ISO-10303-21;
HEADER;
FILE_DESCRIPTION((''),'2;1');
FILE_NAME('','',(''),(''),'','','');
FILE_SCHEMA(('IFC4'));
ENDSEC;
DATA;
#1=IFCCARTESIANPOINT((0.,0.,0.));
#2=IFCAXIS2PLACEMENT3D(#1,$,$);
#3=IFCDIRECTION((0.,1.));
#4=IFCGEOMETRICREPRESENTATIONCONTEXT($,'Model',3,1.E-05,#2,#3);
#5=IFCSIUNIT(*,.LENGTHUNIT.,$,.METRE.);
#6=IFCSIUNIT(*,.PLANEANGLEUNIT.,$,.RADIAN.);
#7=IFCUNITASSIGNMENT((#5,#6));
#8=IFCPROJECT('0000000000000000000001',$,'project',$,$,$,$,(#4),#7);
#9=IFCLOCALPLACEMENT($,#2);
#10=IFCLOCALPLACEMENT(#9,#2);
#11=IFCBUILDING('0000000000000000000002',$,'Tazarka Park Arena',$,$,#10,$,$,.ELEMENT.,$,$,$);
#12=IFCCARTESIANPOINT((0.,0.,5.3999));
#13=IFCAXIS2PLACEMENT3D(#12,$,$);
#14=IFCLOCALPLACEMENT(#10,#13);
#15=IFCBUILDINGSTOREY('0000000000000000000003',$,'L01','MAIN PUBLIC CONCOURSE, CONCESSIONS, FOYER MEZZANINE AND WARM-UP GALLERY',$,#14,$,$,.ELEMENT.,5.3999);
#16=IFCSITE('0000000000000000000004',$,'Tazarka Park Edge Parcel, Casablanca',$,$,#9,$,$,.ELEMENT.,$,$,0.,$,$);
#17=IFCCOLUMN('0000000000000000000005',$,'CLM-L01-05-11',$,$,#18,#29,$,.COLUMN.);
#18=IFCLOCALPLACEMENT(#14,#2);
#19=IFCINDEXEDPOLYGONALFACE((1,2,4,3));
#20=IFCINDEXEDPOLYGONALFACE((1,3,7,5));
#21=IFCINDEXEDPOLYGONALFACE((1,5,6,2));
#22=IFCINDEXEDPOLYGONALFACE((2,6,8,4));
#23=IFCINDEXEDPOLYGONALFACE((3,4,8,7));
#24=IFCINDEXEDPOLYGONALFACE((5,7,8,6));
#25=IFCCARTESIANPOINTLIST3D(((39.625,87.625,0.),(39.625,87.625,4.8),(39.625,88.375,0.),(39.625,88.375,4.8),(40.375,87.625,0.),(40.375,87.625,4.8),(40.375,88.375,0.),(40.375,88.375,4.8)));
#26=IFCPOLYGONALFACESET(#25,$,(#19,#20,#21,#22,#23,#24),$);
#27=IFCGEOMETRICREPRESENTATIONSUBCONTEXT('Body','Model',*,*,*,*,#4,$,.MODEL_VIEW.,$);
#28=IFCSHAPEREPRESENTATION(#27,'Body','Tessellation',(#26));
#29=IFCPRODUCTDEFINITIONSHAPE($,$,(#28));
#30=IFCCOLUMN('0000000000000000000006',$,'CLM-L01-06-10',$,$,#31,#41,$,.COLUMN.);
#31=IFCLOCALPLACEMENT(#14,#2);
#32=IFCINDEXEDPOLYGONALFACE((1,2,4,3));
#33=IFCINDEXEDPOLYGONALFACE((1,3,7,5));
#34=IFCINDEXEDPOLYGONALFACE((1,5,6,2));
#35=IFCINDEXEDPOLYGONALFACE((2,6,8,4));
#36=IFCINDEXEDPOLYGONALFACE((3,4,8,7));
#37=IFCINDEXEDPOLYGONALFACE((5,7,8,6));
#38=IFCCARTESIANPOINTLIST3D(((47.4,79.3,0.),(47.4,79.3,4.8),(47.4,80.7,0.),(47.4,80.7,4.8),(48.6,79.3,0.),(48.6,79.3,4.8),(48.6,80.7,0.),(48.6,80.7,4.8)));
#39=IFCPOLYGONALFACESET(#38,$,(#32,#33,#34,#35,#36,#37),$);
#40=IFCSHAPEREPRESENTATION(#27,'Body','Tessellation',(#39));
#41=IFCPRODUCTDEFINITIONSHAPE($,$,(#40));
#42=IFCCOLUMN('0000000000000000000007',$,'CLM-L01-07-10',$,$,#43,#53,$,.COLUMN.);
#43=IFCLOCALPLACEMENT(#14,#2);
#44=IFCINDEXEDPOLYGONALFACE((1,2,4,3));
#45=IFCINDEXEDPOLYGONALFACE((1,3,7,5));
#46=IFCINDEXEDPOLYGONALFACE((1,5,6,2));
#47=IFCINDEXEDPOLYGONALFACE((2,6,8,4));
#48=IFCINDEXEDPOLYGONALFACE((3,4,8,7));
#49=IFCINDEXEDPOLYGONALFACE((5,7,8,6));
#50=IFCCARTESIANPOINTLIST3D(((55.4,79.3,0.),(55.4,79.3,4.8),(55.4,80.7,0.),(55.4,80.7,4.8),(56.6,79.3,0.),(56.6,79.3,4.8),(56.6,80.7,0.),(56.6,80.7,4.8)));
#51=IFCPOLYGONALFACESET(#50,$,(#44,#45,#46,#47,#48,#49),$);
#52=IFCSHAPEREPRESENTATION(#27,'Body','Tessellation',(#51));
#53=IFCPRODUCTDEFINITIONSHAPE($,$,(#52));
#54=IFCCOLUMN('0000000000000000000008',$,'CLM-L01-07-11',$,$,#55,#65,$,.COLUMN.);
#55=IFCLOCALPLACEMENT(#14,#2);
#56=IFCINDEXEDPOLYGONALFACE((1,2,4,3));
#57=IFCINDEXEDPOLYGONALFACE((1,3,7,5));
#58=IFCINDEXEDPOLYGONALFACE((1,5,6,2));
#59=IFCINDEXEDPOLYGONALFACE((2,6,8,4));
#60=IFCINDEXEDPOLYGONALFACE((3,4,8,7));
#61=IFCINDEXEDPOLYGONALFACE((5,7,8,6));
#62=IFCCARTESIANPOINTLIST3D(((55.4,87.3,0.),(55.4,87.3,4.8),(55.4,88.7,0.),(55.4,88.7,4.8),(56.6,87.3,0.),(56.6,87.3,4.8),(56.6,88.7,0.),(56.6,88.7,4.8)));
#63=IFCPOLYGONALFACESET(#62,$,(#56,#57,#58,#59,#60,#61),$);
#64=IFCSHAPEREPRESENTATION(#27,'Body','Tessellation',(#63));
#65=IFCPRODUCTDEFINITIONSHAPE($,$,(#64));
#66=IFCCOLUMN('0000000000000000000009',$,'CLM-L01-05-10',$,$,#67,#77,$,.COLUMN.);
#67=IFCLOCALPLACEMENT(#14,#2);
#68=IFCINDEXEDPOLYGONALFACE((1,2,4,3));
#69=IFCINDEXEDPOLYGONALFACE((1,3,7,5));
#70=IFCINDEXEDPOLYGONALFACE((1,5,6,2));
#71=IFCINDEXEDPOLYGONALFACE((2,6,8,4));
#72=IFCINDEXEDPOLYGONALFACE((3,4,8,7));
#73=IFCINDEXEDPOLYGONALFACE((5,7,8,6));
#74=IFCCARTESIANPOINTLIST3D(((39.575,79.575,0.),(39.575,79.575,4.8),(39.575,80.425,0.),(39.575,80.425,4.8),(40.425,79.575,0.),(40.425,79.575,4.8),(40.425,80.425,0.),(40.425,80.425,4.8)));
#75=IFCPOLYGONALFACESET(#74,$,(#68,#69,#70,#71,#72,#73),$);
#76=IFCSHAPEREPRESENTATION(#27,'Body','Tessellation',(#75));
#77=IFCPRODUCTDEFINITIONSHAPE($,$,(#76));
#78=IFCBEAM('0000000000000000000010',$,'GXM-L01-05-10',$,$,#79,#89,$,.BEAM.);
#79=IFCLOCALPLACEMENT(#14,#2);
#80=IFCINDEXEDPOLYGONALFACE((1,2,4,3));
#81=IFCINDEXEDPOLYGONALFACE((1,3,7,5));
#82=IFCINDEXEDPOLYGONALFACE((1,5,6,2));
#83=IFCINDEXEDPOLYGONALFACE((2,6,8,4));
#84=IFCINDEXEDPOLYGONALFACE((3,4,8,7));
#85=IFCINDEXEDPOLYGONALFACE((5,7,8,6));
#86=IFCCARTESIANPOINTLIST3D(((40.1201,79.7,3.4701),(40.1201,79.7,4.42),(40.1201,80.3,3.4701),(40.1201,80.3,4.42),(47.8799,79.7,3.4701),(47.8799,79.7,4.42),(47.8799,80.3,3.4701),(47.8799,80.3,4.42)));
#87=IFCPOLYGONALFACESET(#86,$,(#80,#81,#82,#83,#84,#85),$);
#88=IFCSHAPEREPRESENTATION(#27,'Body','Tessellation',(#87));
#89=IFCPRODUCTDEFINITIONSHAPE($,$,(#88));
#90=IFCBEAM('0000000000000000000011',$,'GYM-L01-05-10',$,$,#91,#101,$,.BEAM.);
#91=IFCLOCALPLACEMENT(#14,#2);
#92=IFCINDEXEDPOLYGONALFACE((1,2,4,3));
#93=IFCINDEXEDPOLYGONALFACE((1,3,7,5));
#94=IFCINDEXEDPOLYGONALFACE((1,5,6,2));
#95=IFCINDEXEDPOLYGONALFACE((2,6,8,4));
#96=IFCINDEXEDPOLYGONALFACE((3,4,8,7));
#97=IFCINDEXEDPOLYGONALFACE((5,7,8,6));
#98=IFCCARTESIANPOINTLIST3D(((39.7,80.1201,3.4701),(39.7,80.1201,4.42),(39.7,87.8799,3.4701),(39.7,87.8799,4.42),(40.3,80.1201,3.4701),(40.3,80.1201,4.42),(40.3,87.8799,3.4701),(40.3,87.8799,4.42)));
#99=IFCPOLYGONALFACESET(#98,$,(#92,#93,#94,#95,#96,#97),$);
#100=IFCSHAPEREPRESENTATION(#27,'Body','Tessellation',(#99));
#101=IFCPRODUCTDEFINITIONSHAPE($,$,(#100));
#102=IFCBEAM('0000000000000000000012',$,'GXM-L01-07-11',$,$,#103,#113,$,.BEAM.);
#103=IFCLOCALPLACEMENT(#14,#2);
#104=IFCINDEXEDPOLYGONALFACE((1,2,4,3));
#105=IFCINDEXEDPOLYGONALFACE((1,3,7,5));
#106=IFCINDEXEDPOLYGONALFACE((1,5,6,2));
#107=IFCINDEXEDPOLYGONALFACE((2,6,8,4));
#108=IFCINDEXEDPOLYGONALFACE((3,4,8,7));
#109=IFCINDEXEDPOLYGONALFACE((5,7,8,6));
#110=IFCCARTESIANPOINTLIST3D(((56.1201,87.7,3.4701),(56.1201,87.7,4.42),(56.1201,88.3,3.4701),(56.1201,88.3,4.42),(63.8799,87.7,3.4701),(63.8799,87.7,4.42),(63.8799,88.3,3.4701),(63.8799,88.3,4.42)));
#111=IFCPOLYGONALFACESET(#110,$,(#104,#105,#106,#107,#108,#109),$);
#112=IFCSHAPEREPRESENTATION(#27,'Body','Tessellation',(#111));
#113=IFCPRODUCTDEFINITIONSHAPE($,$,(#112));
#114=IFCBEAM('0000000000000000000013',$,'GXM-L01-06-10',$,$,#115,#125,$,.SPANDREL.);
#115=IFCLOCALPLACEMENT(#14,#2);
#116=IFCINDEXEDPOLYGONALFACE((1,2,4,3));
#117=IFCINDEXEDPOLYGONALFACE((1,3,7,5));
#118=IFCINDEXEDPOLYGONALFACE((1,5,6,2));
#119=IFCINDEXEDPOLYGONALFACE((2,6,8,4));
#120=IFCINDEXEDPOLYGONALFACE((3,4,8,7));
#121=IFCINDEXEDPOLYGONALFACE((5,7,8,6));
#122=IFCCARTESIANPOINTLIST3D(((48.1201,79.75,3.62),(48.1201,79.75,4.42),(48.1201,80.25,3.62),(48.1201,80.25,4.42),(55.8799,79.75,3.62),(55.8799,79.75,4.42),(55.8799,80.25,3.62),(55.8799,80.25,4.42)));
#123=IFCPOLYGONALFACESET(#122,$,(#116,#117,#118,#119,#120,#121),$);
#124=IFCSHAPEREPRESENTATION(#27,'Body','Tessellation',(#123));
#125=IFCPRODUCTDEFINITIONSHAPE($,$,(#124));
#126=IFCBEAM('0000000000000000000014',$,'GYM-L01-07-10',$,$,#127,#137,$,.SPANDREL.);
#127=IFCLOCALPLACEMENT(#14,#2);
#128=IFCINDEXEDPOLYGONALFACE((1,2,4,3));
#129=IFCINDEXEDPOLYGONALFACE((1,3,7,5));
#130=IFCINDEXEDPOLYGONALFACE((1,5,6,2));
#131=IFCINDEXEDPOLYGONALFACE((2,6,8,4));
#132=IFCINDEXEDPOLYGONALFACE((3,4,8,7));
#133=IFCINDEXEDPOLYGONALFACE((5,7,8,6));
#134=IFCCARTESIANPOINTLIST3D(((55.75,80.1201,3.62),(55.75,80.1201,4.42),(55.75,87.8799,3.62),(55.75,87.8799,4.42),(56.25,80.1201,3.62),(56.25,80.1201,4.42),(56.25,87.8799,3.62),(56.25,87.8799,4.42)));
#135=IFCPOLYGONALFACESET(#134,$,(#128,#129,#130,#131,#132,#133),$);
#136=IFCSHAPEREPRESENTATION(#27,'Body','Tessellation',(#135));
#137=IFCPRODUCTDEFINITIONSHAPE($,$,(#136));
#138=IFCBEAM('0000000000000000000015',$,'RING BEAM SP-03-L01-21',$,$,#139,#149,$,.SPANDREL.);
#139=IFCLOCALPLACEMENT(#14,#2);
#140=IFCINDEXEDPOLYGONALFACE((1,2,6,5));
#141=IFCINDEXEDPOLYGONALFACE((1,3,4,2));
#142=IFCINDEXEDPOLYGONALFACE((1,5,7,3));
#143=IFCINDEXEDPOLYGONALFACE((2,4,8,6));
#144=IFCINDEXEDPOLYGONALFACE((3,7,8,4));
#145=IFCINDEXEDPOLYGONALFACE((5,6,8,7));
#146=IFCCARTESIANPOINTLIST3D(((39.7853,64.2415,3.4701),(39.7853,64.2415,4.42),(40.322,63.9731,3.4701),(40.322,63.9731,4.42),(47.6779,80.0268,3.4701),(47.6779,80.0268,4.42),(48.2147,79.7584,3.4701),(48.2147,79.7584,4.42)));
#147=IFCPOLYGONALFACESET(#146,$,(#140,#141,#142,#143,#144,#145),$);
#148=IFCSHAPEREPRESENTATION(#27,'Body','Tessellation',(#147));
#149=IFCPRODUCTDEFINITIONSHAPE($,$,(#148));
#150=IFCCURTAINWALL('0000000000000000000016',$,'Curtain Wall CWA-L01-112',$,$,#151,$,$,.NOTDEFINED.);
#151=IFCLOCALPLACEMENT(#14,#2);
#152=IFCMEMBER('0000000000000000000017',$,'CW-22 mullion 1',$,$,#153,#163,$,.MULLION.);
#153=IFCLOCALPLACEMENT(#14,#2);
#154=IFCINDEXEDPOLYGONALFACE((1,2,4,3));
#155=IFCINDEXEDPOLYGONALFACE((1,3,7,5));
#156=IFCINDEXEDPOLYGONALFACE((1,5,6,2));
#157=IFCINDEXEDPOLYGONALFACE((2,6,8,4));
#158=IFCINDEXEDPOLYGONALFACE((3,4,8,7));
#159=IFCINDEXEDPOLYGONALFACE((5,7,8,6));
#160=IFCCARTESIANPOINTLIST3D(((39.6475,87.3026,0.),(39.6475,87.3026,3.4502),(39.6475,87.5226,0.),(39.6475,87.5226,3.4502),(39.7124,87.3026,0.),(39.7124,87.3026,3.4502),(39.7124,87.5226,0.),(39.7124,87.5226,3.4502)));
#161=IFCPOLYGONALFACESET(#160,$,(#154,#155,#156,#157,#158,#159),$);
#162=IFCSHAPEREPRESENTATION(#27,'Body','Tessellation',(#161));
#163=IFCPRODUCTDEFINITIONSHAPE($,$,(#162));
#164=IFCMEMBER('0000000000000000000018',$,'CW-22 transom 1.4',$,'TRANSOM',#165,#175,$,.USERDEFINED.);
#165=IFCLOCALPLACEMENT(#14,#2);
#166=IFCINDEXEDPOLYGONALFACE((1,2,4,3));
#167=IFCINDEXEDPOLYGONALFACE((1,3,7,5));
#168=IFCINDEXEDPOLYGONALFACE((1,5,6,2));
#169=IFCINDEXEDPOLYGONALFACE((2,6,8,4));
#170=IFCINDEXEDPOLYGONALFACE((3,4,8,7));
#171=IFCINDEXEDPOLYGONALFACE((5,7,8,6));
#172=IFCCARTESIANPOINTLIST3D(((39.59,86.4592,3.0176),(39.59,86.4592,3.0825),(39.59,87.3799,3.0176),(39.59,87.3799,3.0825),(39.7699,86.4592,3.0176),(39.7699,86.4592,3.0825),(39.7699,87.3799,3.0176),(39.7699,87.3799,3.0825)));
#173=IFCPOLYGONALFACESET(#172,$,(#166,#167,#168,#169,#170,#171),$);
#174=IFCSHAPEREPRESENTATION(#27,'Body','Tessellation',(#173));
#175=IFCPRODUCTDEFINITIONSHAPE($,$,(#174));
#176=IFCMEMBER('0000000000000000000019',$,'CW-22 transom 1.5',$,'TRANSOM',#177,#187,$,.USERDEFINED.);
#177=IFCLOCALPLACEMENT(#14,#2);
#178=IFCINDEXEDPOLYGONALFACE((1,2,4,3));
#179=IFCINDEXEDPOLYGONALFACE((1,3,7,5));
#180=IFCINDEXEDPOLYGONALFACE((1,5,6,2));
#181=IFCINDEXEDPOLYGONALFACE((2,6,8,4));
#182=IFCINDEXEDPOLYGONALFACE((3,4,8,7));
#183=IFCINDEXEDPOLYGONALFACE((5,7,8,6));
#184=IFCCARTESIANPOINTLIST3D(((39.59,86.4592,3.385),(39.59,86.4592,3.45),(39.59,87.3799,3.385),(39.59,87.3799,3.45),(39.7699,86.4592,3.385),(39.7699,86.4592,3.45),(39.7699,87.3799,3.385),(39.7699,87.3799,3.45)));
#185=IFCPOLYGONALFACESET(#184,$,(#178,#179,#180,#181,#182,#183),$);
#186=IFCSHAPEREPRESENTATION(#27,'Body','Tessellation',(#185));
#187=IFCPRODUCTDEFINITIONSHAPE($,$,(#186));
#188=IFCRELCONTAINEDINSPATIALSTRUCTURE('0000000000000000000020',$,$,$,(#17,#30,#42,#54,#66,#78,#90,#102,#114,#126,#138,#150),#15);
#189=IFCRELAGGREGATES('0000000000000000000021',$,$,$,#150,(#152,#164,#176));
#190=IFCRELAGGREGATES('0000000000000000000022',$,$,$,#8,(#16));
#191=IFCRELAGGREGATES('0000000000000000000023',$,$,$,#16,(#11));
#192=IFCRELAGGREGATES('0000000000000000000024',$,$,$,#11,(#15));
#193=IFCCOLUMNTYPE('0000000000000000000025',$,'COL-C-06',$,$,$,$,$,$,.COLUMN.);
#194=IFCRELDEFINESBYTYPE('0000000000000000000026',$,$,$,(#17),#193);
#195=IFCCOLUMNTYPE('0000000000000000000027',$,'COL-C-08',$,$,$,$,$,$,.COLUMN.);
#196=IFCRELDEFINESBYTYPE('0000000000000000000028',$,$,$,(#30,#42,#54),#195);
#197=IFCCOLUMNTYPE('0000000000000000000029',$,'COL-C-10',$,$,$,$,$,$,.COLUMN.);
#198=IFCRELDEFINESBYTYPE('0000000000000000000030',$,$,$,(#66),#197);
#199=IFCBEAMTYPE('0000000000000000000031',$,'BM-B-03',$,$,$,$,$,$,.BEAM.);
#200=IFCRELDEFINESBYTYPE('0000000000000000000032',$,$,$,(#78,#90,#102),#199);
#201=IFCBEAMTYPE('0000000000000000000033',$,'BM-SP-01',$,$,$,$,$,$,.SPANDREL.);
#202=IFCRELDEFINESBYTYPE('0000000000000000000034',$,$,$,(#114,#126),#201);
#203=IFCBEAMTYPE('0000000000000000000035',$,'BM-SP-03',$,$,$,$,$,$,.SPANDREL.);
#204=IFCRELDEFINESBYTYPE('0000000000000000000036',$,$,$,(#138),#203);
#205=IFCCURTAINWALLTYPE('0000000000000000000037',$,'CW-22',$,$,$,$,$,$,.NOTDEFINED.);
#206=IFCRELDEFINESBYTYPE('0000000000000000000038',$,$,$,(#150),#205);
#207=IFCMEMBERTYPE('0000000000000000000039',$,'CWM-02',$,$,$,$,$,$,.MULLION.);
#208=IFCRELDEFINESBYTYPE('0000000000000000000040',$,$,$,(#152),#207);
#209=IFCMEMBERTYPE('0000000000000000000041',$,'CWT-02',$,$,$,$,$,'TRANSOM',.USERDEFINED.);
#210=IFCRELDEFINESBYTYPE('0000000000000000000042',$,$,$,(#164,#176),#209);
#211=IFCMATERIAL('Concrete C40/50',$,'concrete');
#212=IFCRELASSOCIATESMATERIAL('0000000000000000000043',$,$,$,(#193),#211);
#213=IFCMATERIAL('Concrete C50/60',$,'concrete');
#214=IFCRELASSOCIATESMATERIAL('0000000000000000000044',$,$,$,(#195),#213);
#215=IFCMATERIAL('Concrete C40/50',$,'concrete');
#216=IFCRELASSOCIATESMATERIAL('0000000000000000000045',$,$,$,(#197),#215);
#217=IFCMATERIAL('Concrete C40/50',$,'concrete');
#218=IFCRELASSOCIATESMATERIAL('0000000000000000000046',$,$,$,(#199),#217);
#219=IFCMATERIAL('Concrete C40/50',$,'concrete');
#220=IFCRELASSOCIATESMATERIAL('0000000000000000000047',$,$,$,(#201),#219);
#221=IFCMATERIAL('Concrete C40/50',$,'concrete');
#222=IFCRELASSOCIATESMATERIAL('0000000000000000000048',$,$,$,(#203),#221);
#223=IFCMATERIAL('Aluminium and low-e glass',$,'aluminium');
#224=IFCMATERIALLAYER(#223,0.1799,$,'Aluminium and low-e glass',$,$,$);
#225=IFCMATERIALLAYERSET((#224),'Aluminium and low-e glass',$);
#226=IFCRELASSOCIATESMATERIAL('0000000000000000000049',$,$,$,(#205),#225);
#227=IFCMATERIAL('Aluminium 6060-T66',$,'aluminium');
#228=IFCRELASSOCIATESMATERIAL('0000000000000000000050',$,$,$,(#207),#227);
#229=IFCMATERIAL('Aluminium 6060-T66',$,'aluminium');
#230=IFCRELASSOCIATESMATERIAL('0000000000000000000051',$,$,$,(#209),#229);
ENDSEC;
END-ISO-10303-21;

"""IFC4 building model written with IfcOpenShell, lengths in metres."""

from ifc_helpers import new_model, si_unit, direction, frame, origin, origin_2d, place, context, subcontext, project, spatial, rectangle, extrude, material, layer, layer_set, material_profile, profile_set, type_object, element, aggregate, save


model = new_model("IFC4")

# Units and contexts
model_context = context("Model", 3, precision=1e-05, world=origin(), true_north=direction((0.0, 1.0)))
body_context = subcontext(model_context, "Body", "Model", "MODEL_VIEW")
ifc_project = project(units=[si_unit("LENGTHUNIT", "METRE"), si_unit("PLANEANGLEUNIT", "RADIAN")], contexts=[model_context])

# Site, building, storey
site_placement = place(None, origin())
site = spatial("IfcSite", under=ifc_project, at=site_placement, Name="Tazarka Park Edge Parcel, Casablanca", CompositionType="ELEMENT", RefElevation=0.0)
building_placement = place(site_placement, origin())
building = spatial("IfcBuilding", under=site, at=building_placement, Name="Tazarka Park Arena", CompositionType="ELEMENT")
storey_placement = place(building_placement, frame((0.0, 0.0, 5.3999)))
storey = spatial("IfcBuildingStorey", under=building, at=storey_placement, Name="L01", Description="MAIN PUBLIC CONCOURSE, CONCESSIONS, FOYER MEZZANINE AND WARM-UP GALLERY", CompositionType="ELEMENT", Elevation=5.3999)

# Columns
ifc_material_1 = material(Name="Concrete C40/50", Category="concrete")
ifc_material_profile_1 = material_profile(ifc_material_1, rectangle(XDim=0.75, YDim=0.75, at=origin_2d()), Name="Concrete C40/50")
ifc_profile_set_1 = profile_set([ifc_material_profile_1], Name="Concrete C40/50")
column_type_1 = type_object("IfcColumnType", Name="COL-C-06", PredefinedType="COLUMN", material=ifc_profile_set_1)
column_1_placement = place(storey_placement, frame((40.0, 88.0, 0.0), z_axis=(0.0, 0.0, 1.0), x_axis=(1.0, 0.0, 0.0)))
element("IfcColumn", 1, at=column_1_placement, inside=storey, type_object=column_type_1, Name="CLM-L01-05-11", PredefinedType="COLUMN", context=body_context, shape_type="SweptSolid", body=[
    extrude(rectangle(XDim=0.75, YDim=0.75, at=origin_2d()), origin(), (0.0, 0.0, 1.0), 4.8),
])
ifc_material_2 = material(Name="Concrete C50/60", Category="concrete")
ifc_material_profile_2 = material_profile(ifc_material_2, rectangle(XDim=1.2, YDim=1.3999, at=origin_2d()), Name="Concrete C50/60")
ifc_profile_set_2 = profile_set([ifc_material_profile_2], Name="Concrete C50/60")
column_type_2 = type_object("IfcColumnType", Name="COL-C-08", PredefinedType="COLUMN", material=ifc_profile_set_2)
for number, where, z_axis, x_axis, name in (
    (2, (48.0, 80.0, 0.0), (0.0, 0.0, 1.0), (1.0, 0.0, 0.0), "CLM-L01-06-10"),
    (3, (56.0, 80.0, 0.0), (0.0, 0.0, 1.0), (1.0, 0.0, 0.0), "CLM-L01-07-10"),
    (4, (56.0, 88.0, 0.0), (0.0, 0.0, 1.0), (1.0, 0.0, 0.0), "CLM-L01-07-11"),
):
    element("IfcColumn", number, at=place(storey_placement, frame(where, z_axis=z_axis, x_axis=x_axis)), inside=storey, type_object=column_type_2, Name=name, PredefinedType="COLUMN", context=body_context, shape_type="SweptSolid", body=[
        extrude(rectangle(XDim=1.2, YDim=1.3999, at=origin_2d()), origin(), (0.0, 0.0, 1.0), 4.8),
    ])
ifc_material_3 = material(Name="Concrete C40/50", Category="concrete")
ifc_material_profile_3 = material_profile(ifc_material_3, rectangle(XDim=0.8501, YDim=0.8501, at=origin_2d()), Name="Concrete C40/50")
ifc_profile_set_3 = profile_set([ifc_material_profile_3], Name="Concrete C40/50")
column_type_3 = type_object("IfcColumnType", Name="COL-C-10", PredefinedType="COLUMN", material=ifc_profile_set_3)
column_2_placement = place(storey_placement, frame((40.0, 80.0, 0.0), z_axis=(0.0, 0.0, 1.0), x_axis=(1.0, 0.0, 0.0)))
element("IfcColumn", 5, at=column_2_placement, inside=storey, type_object=column_type_3, Name="CLM-L01-05-10", PredefinedType="COLUMN", context=body_context, shape_type="SweptSolid", body=[
    extrude(rectangle(XDim=0.8501, YDim=0.8501, at=origin_2d()), origin(), (0.0, 0.0, 1.0), 4.8),
])

# Beams
ifc_material_4 = material(Name="Concrete C40/50", Category="concrete")
ifc_material_profile_4 = material_profile(ifc_material_4, rectangle(XDim=0.6001, YDim=0.95, at=origin_2d()), Name="Concrete C40/50")
ifc_profile_set_4 = profile_set([ifc_material_profile_4], Name="Concrete C40/50")
beam_type_1 = type_object("IfcBeamType", Name="BM-B-03", PredefinedType="BEAM", material=ifc_profile_set_4)
for number, where, z_axis, x_axis, name in (
    (6, (40.1201, 80.0, 3.9451), (1.0, 0.0, 0.0), (0.0, 1.0, 0.0), "GXM-L01-05-10"),
    (7, (40.0, 80.1201, 3.9451), (0.0, 1.0, 0.0), (-1.0, 0.0, 0.0), "GYM-L01-05-10"),
    (8, (56.1201, 88.0, 3.9451), (1.0, 0.0, 0.0), (0.0, 1.0, 0.0), "GXM-L01-07-11"),
):
    element("IfcBeam", number, at=place(storey_placement, frame(where, z_axis=z_axis, x_axis=x_axis)), inside=storey, type_object=beam_type_1, Name=name, PredefinedType="BEAM", context=body_context, shape_type="SweptSolid", body=[
        extrude(rectangle(XDim=0.6001, YDim=0.95, at=origin_2d()), origin(), (0.0, 0.0, 1.0), 7.7598),
    ])
ifc_material_5 = material(Name="Concrete C40/50", Category="concrete")
ifc_material_profile_5 = material_profile(ifc_material_5, rectangle(XDim=0.5, YDim=0.8, at=origin_2d()), Name="Concrete C40/50")
ifc_profile_set_5 = profile_set([ifc_material_profile_5], Name="Concrete C40/50")
beam_type_2 = type_object("IfcBeamType", Name="BM-SP-01", PredefinedType="SPANDREL", material=ifc_profile_set_5)
for number, where, z_axis, x_axis, name in (
    (9, (48.1201, 80.0, 4.02), (1.0, 0.0, 0.0), (0.0, 1.0, 0.0), "GXM-L01-06-10"),
    (10, (56.0, 80.1201, 4.02), (0.0, 1.0, 0.0), (-1.0, 0.0, 0.0), "GYM-L01-07-10"),
):
    element("IfcBeam", number, at=place(storey_placement, frame(where, z_axis=z_axis, x_axis=x_axis)), inside=storey, type_object=beam_type_2, Name=name, PredefinedType="SPANDREL", context=body_context, shape_type="SweptSolid", body=[
        extrude(rectangle(XDim=0.5, YDim=0.8, at=origin_2d()), origin(), (0.0, 0.0, 1.0), 7.7598),
    ])
ifc_material_6 = material(Name="Concrete C40/50", Category="concrete")
ifc_material_profile_6 = material_profile(ifc_material_6, rectangle(XDim=0.6001, YDim=0.95, at=origin_2d()), Name="Concrete C40/50")
ifc_profile_set_6 = profile_set([ifc_material_profile_6], Name="Concrete C40/50")
beam_type_3 = type_object("IfcBeamType", Name="BM-SP-03", PredefinedType="SPANDREL", material=ifc_profile_set_6)
beam_placement = place(storey_placement, frame((47.9463, 79.8926, 3.9451), z_axis=(-0.447214, -0.894427, 0.0), x_axis=(0.894427, -0.447214, 0.0)))
element("IfcBeam", 11, at=beam_placement, inside=storey, type_object=beam_type_3, Name="RING BEAM SP-03-L01-21", PredefinedType="SPANDREL", context=body_context, shape_type="SweptSolid", body=[
    extrude(rectangle(XDim=0.6001, YDim=0.95, at=origin_2d()), origin(), (0.0, 0.0, 1.0), 17.6484),
])

# Curtain wall, members
ifc_material_7 = material(Name="Aluminium and low-e glass", Category="aluminium")
ifc_layer_1 = layer(ifc_material_7, 0.1799, Name="Aluminium and low-e glass")
ifc_layer_set_1 = layer_set([ifc_layer_1], Name="Aluminium and low-e glass")
curtain_wall_type = type_object("IfcCurtainWallType", Name="CW-22", PredefinedType="NOTDEFINED", material=ifc_layer_set_1)
curtain_wall_placement = place(storey_placement, origin())
curtain_wall = element("IfcCurtainWall", 12, at=curtain_wall_placement, inside=storey, type_object=curtain_wall_type, Name="Curtain Wall CWA-L01-112", PredefinedType="NOTDEFINED")
ifc_material_8 = material(Name="Aluminium 6060-T66", Category="aluminium")
ifc_material_profile_7 = material_profile(ifc_material_8, rectangle(XDim=0.0649, YDim=0.22, at=origin_2d()), Name="Aluminium 6060-T66")
ifc_profile_set_7 = profile_set([ifc_material_profile_7], Name="Aluminium 6060-T66")
member_type_1 = type_object("IfcMemberType", Name="CWM-02", PredefinedType="MULLION", material=ifc_profile_set_7)
member_1_placement = place(storey_placement, frame((39.6799, 87.4126, 0.0), z_axis=(0.0, 0.0, 1.0), x_axis=(1.0, 0.0, 0.0)))
member_1 = element("IfcMember", 13, at=member_1_placement, type_object=member_type_1, Name="CW-22 mullion 1", PredefinedType="MULLION", context=body_context, shape_type="SweptSolid", body=[
    extrude(rectangle(XDim=0.0649, YDim=0.22, at=origin_2d()), origin(), (0.0, 0.0, 1.0), 3.4502),
])
ifc_material_9 = material(Name="Aluminium 6060-T66", Category="aluminium")
ifc_material_profile_8 = material_profile(ifc_material_9, rectangle(XDim=0.1799, YDim=0.0649, at=origin_2d()), Name="Aluminium 6060-T66")
ifc_profile_set_8 = profile_set([ifc_material_profile_8], Name="Aluminium 6060-T66")
member_type_2 = type_object("IfcMemberType", Name="CWT-02", ElementType="TRANSOM", PredefinedType="USERDEFINED", material=ifc_profile_set_8)
member_2_placement = place(storey_placement, frame((39.6799, 87.3799, 3.05), z_axis=(0.0, -1.0, 0.0), x_axis=(1.0, 0.0, 0.0)))
member_2 = element("IfcMember", 14, at=member_2_placement, type_object=member_type_2, Name="CW-22 transom 1.4", ObjectType="TRANSOM", PredefinedType="USERDEFINED", context=body_context, shape_type="SweptSolid", body=[
    extrude(rectangle(XDim=0.1799, YDim=0.0649, at=origin_2d()), origin(), (0.0, 0.0, 1.0), 0.9207),
])
member_3_placement = place(storey_placement, frame((39.6799, 87.3799, 3.4175), z_axis=(0.0, -1.0, 0.0), x_axis=(1.0, 0.0, 0.0)))
member_3 = element("IfcMember", 15, at=member_3_placement, type_object=member_type_2, Name="CW-22 transom 1.5", ObjectType="TRANSOM", PredefinedType="USERDEFINED", context=body_context, shape_type="SweptSolid", body=[
    extrude(rectangle(XDim=0.1799, YDim=0.0649, at=origin_2d()), origin(), (0.0, 0.0, 1.0), 0.9207),
])
aggregate(curtain_wall, [member_1, member_2, member_3])

save(model, "model.ifc")
